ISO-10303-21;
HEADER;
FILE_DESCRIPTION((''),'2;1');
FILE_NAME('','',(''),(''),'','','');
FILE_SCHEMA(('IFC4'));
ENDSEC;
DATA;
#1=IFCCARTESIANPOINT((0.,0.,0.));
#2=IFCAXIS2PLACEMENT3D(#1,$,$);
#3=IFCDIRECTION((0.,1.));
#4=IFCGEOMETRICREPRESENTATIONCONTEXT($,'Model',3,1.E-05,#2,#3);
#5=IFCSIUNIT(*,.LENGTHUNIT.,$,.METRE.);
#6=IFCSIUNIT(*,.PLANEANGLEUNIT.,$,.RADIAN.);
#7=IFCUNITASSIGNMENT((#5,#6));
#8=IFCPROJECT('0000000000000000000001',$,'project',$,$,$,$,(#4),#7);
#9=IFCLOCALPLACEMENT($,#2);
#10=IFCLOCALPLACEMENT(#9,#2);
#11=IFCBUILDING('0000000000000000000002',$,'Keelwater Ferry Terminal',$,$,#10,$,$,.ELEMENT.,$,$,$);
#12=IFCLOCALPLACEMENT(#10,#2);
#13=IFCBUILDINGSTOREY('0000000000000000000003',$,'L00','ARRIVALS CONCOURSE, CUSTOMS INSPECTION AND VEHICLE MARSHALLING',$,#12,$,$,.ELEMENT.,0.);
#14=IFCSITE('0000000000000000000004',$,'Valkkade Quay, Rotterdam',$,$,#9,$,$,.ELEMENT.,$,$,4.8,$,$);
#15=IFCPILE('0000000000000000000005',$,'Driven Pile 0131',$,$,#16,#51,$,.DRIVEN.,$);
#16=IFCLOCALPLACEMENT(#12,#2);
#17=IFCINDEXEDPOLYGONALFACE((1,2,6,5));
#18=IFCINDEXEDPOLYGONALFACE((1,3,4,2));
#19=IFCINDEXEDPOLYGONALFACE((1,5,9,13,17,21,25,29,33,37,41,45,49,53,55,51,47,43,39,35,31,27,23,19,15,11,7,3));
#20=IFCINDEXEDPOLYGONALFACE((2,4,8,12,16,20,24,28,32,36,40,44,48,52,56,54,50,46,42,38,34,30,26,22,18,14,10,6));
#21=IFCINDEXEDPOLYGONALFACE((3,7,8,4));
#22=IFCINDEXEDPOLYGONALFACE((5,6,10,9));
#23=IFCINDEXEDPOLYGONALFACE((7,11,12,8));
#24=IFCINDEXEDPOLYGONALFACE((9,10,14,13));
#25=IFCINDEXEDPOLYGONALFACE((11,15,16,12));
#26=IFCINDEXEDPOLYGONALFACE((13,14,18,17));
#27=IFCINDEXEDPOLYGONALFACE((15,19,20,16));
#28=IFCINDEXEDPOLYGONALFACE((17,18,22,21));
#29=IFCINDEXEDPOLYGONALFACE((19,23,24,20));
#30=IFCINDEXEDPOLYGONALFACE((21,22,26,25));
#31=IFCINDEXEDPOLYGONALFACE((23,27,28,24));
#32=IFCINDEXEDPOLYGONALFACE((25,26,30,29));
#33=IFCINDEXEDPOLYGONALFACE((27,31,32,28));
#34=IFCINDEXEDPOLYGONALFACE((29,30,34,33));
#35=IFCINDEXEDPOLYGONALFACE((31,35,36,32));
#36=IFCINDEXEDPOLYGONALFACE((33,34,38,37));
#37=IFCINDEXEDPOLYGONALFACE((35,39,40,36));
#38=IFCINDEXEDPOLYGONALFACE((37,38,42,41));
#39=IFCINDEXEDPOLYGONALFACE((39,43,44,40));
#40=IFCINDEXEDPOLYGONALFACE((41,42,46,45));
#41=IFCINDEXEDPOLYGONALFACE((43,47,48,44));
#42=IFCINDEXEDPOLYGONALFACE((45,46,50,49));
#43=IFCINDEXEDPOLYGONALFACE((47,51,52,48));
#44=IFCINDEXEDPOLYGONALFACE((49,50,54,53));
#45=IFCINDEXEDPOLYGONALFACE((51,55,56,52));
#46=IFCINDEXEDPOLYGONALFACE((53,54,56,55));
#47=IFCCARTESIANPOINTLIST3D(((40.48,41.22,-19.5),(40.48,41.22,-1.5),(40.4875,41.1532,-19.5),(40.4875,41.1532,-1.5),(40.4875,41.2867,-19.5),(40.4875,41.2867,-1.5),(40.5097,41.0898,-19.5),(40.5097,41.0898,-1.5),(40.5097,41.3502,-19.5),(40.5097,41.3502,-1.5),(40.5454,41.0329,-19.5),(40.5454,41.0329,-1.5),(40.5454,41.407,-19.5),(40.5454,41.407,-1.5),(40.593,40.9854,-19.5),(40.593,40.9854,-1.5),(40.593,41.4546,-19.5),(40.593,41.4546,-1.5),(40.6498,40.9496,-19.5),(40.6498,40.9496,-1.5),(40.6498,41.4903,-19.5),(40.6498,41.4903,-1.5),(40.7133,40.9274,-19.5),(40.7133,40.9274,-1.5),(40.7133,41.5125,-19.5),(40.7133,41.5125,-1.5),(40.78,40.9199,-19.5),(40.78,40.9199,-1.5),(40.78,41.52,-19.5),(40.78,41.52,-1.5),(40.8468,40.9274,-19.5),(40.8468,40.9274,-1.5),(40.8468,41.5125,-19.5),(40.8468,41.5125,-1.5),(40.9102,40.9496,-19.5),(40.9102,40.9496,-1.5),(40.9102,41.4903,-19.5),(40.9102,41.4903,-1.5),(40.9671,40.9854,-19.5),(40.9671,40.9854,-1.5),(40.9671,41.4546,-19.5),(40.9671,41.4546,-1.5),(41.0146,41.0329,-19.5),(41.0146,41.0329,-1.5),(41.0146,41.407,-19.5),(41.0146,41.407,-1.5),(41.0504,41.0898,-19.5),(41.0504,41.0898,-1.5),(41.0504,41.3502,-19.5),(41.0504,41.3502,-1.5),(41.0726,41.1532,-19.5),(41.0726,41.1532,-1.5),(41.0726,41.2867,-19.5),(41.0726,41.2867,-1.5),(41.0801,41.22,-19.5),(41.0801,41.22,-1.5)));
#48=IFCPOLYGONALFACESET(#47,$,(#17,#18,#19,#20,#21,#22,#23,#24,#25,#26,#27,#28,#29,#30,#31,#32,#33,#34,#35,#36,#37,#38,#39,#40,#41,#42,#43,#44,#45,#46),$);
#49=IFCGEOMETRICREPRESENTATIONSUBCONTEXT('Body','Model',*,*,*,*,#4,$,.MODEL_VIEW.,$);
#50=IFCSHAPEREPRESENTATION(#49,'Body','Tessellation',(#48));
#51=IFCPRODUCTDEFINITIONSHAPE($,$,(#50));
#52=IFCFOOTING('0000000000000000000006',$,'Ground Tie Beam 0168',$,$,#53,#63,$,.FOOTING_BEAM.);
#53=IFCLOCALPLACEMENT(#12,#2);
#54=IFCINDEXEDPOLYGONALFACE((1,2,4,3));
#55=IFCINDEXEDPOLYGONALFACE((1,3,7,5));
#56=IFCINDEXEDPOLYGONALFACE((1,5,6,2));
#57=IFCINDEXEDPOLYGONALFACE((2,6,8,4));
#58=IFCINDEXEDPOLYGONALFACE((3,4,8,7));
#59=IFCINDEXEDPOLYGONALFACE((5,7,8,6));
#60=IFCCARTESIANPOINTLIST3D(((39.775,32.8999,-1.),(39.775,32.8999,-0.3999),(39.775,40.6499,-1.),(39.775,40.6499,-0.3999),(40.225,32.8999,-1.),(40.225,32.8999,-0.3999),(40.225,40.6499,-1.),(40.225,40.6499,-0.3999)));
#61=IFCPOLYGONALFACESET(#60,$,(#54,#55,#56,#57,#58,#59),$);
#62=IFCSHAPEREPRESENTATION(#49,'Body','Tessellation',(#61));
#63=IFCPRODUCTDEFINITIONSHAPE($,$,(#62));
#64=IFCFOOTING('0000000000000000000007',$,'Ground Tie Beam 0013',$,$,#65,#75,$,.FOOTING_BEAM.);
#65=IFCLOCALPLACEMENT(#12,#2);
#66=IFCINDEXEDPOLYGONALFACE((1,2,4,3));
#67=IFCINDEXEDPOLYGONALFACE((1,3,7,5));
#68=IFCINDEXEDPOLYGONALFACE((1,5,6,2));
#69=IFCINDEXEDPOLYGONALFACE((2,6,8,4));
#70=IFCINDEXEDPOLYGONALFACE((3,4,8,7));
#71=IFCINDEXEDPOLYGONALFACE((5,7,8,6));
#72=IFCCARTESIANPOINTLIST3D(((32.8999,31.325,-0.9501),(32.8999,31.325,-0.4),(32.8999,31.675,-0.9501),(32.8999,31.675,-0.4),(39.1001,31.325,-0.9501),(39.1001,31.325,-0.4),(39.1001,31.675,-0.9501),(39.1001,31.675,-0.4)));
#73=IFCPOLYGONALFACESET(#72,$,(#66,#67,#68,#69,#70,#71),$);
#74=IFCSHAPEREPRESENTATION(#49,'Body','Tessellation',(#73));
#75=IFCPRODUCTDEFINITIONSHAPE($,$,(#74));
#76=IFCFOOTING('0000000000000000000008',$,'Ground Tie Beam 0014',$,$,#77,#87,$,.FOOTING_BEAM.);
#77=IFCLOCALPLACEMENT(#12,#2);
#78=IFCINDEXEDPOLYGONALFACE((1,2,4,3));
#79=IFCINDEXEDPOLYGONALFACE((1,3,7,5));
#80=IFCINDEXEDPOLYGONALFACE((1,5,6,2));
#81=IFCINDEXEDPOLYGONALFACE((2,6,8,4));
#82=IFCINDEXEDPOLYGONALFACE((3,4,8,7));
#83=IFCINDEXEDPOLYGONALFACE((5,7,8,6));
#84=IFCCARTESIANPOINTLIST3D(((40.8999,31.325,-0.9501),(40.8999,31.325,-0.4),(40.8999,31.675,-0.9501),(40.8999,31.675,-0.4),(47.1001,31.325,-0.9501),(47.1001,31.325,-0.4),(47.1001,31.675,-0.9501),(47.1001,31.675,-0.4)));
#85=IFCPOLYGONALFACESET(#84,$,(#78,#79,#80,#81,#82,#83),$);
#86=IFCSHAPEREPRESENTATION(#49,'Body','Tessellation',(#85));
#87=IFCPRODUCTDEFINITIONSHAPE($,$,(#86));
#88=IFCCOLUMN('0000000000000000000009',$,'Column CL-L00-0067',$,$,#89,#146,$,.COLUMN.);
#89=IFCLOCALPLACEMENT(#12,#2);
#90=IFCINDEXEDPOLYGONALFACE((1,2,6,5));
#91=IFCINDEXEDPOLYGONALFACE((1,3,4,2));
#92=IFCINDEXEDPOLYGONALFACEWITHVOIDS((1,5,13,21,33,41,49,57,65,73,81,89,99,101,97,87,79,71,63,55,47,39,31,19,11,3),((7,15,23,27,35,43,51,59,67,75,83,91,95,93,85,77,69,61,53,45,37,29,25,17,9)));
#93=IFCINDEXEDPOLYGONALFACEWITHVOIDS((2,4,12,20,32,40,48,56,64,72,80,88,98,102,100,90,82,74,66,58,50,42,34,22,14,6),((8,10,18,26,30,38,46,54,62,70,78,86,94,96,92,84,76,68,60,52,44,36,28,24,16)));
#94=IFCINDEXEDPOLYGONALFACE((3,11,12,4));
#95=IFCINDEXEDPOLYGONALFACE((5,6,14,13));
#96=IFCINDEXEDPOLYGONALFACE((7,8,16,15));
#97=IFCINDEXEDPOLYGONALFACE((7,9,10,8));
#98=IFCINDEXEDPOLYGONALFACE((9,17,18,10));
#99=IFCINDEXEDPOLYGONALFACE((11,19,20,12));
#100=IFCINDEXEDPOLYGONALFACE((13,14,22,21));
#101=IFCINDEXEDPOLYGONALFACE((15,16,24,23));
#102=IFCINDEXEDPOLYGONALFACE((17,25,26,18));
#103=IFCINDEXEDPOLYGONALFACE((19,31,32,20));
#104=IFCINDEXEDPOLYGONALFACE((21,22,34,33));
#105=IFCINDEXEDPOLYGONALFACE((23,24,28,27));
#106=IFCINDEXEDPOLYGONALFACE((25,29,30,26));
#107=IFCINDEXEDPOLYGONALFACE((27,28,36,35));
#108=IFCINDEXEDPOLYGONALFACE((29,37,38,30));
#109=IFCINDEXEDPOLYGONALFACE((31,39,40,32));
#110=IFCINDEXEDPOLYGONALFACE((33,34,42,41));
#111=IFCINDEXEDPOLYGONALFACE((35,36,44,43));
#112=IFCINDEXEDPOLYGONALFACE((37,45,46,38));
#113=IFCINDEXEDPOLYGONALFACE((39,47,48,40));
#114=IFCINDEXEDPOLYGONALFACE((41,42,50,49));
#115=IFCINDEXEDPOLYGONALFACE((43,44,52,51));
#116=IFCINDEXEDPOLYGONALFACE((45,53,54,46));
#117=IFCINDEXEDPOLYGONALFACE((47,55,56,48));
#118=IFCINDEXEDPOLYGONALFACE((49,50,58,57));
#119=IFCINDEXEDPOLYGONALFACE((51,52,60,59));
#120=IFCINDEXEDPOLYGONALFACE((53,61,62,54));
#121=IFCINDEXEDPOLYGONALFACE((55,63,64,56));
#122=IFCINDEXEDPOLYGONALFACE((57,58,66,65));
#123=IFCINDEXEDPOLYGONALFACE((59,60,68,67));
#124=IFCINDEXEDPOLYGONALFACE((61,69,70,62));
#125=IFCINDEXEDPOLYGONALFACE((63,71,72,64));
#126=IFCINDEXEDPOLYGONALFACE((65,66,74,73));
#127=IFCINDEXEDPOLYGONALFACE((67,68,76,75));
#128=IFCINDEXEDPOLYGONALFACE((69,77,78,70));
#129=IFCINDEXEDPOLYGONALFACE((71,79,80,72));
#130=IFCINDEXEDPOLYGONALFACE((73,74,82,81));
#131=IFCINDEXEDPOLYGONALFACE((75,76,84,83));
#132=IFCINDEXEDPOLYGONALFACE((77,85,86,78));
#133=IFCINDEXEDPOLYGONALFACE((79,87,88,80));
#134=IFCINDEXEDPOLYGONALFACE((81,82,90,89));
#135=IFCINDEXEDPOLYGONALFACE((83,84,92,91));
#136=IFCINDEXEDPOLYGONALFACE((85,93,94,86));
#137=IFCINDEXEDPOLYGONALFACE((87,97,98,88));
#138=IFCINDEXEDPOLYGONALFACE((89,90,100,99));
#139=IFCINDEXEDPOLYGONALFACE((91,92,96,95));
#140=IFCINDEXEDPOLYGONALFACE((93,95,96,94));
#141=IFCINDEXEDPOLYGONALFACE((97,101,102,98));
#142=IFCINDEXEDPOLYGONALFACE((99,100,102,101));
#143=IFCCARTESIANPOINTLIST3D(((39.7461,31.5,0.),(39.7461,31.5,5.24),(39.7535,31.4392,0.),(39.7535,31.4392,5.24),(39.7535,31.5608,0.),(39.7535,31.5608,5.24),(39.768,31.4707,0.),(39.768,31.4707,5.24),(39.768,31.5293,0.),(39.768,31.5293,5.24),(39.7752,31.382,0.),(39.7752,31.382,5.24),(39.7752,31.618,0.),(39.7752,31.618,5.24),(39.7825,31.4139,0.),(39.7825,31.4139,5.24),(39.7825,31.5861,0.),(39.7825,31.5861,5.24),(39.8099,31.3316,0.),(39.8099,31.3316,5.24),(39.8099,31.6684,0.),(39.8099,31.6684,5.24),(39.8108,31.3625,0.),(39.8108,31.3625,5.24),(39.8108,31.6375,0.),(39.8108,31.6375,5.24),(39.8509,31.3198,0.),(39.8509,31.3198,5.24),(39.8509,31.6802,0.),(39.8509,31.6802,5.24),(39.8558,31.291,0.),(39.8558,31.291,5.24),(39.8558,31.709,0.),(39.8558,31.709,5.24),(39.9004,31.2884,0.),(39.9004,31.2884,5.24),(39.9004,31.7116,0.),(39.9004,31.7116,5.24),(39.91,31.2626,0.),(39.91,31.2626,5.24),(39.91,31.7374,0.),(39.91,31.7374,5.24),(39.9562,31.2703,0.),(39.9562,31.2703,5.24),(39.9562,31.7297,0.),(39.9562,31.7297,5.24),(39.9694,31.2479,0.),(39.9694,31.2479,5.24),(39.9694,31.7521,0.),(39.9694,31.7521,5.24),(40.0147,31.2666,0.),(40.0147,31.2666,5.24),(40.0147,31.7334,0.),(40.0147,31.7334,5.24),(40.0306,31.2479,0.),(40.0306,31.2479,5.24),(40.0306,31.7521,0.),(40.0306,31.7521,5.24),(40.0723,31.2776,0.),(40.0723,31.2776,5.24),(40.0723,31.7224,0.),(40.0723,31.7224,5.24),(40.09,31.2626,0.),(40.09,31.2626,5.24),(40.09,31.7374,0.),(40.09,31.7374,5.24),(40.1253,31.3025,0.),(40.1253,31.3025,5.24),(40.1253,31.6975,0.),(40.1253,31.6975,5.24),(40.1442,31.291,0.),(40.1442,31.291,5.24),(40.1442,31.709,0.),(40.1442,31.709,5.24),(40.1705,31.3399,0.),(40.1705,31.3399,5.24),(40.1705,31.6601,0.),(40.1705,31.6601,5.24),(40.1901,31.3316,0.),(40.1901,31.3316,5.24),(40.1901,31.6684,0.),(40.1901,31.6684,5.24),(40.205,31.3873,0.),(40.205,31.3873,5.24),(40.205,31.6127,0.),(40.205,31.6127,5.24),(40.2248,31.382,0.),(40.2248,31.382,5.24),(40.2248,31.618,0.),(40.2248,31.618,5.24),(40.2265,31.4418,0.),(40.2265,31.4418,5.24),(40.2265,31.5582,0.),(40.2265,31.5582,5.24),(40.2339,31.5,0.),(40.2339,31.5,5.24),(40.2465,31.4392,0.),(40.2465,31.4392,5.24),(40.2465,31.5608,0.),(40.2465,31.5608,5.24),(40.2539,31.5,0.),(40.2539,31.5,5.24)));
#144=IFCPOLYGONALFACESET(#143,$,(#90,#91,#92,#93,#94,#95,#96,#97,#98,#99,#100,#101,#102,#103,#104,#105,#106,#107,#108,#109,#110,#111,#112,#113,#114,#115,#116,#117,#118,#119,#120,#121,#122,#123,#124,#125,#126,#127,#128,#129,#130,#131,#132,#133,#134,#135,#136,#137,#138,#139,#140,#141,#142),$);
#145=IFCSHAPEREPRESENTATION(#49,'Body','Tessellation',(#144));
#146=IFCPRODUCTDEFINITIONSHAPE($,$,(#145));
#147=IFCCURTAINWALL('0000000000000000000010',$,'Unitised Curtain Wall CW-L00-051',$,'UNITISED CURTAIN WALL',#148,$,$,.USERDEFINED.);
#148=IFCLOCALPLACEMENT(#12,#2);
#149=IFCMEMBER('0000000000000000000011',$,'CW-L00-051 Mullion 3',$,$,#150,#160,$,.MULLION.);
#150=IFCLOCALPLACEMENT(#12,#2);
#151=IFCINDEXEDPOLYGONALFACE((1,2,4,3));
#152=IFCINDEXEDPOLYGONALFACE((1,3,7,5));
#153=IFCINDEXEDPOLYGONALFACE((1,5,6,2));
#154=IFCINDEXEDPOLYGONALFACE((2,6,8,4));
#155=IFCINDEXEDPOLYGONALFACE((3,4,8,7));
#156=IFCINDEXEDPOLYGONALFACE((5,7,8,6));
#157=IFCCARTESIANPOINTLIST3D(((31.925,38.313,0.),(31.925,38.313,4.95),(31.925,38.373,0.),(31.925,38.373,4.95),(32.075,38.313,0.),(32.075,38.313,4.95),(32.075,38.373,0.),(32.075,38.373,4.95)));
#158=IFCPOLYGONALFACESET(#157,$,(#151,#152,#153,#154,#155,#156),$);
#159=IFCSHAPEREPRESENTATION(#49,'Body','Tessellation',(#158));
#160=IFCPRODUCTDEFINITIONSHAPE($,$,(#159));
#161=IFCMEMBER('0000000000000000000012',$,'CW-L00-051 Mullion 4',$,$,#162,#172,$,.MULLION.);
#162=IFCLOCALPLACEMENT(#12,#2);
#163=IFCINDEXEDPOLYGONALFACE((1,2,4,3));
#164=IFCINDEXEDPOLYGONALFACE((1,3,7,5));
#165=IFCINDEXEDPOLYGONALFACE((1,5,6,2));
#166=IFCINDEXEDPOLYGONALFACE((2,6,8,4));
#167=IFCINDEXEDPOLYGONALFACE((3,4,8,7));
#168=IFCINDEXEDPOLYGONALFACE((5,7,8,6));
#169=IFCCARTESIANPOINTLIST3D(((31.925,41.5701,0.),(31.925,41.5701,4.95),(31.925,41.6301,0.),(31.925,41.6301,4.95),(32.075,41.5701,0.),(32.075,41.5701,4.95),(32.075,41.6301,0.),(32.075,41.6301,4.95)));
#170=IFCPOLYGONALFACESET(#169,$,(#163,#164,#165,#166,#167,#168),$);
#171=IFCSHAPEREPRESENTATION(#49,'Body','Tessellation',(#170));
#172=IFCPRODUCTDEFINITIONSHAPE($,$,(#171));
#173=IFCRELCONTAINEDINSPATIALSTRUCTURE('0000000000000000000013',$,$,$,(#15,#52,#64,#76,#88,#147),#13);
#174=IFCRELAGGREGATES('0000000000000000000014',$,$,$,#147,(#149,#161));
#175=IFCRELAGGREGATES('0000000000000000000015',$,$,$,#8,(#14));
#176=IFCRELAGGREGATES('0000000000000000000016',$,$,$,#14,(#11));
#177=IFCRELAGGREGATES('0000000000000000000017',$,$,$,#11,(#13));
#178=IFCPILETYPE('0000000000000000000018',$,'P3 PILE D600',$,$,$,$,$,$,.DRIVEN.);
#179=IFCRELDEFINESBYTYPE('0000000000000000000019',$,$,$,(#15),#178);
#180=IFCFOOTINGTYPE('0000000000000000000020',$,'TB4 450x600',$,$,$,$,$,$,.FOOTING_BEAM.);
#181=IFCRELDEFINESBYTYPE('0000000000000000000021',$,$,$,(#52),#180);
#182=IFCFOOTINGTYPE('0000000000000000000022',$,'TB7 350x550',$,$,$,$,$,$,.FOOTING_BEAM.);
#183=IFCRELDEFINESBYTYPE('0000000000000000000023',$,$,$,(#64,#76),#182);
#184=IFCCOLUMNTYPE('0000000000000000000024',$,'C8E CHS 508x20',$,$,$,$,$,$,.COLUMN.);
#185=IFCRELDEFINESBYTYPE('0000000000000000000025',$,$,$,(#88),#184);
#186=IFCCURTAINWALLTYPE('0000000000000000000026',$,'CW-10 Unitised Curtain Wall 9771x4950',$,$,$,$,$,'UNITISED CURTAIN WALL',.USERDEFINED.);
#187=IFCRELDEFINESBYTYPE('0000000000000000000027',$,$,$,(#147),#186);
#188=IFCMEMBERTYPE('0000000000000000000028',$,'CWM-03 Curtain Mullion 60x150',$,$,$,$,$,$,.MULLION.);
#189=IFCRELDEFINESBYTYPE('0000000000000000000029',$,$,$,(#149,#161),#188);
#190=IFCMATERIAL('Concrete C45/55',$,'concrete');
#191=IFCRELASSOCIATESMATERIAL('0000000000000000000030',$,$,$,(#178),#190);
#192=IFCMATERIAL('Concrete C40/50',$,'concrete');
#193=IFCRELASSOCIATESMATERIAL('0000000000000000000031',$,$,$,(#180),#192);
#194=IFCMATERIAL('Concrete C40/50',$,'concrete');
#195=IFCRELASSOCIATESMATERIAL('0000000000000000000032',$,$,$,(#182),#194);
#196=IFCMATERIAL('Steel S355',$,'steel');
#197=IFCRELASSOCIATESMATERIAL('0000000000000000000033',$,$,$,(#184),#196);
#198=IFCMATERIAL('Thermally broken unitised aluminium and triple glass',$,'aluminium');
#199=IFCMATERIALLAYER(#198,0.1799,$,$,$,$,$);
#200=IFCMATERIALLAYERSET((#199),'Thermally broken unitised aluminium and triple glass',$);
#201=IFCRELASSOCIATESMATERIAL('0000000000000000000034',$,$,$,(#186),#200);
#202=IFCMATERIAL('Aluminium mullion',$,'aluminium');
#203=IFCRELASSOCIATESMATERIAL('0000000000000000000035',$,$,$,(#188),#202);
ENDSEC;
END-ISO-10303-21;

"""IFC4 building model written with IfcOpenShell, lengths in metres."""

from ifc_helpers import new_model, si_unit, direction, frame, origin, origin_2d, place, context, subcontext, project, spatial, rectangle, circle, hollow_circle, extrude, material, layer, layer_set, material_profile, profile_set, type_object, element, aggregate, save


model = new_model("IFC4")

# Units and contexts
model_context = context("Model", 3, precision=1e-05, world=origin(), true_north=direction((0.0, 1.0)))
body_context = subcontext(model_context, "Body", "Model", "MODEL_VIEW")
ifc_project = project(units=[si_unit("LENGTHUNIT", "METRE"), si_unit("PLANEANGLEUNIT", "RADIAN")], contexts=[model_context])

# Site, building, storey
site_placement = place(None, origin())
site = spatial("IfcSite", under=ifc_project, at=site_placement, Name="Valkkade Quay, Rotterdam", CompositionType="ELEMENT", RefElevation=4.8)
building_placement = place(site_placement, origin())
building = spatial("IfcBuilding", under=site, at=building_placement, Name="Keelwater Ferry Terminal", CompositionType="ELEMENT")
storey_placement = place(building_placement, origin())
storey = spatial("IfcBuildingStorey", under=building, at=storey_placement, Name="L00", Description="ARRIVALS CONCOURSE, CUSTOMS INSPECTION AND VEHICLE MARSHALLING", CompositionType="ELEMENT", Elevation=0.0)

# Pile
ifc_material_1 = material(Name="Concrete C45/55", Category="concrete")
ifc_material_profile_1 = material_profile(ifc_material_1, circle(Radius=0.3, at=origin_2d()), Name="PILE D600")
ifc_profile_set_1 = profile_set([ifc_material_profile_1], Name="Concrete C45/55")
pile_type_1 = type_object("IfcPileType", Name="P3 PILE D600", PredefinedType="DRIVEN", material=ifc_profile_set_1)
for number, where, z_axis, x_axis, name in (
    (1, (40.78, 41.22, -1.5), (0.0, 0.0, -1.0), (1.0, 0.0, 0.0), "Driven Pile 0131"),
):
    element("IfcPile", number, at=place(storey_placement, frame(where, z_axis=z_axis, x_axis=x_axis)), inside=storey, type_object=pile_type_1, Name=name, PredefinedType="DRIVEN", context=body_context, shape_type="SweptSolid", body=[
        extrude(circle(Radius=0.3, at=origin_2d()), origin(), (0.0, 0.0, 1.0), 18.0),
    ])

# Footings
ifc_material_2 = material(Name="Concrete C40/50", Category="concrete")
ifc_material_profile_2 = material_profile(ifc_material_2, rectangle(XDim=0.45, YDim=0.6001, at=origin_2d()), Name="TB 450x600")
ifc_profile_set_2 = profile_set([ifc_material_profile_2], Name="Concrete C40/50")
footing_type_1 = type_object("IfcFootingType", Name="TB4 450x600", PredefinedType="FOOTING_BEAM", material=ifc_profile_set_2)
footing_placement = place(storey_placement, frame((40.0, 32.8999, -0.7), z_axis=(0.0, 1.0, 0.0), x_axis=(-1.0, 0.0, 0.0)))
element("IfcFooting", 2, at=footing_placement, inside=storey, type_object=footing_type_1, Name="Ground Tie Beam 0168", PredefinedType="FOOTING_BEAM", context=body_context, shape_type="SweptSolid", body=[
    extrude(rectangle(XDim=0.45, YDim=0.6001, at=origin_2d()), origin(), (0.0, 0.0, 1.0), 7.75),
])
ifc_material_3 = material(Name="Concrete C40/50", Category="concrete")
ifc_material_profile_3 = material_profile(ifc_material_3, rectangle(XDim=0.3501, YDim=0.55, at=origin_2d()), Name="TB 350x550")
ifc_profile_set_3 = profile_set([ifc_material_profile_3], Name="Concrete C40/50")
footing_type_2 = type_object("IfcFootingType", Name="TB7 350x550", PredefinedType="FOOTING_BEAM", material=ifc_profile_set_3)
for number, where, z_axis, x_axis, name in (
    (3, (32.8999, 31.5, -0.675), (1.0, 0.0, 0.0), (0.0, 1.0, 0.0), "Ground Tie Beam 0013"),
    (4, (40.8999, 31.5, -0.675), (1.0, 0.0, 0.0), (0.0, 1.0, 0.0), "Ground Tie Beam 0014"),
):
    element("IfcFooting", number, at=place(storey_placement, frame(where, z_axis=z_axis, x_axis=x_axis)), inside=storey, type_object=footing_type_2, Name=name, PredefinedType="FOOTING_BEAM", context=body_context, shape_type="SweptSolid", body=[
        extrude(rectangle(XDim=0.3501, YDim=0.55, at=origin_2d()), origin(), (0.0, 0.0, 1.0), 6.2002),
    ])

# Column
ifc_material_4 = material(Name="Steel S355", Category="steel")
ifc_material_profile_4 = material_profile(ifc_material_4, hollow_circle(Radius=0.2539, WallThickness=0.02, at=origin_2d()), Name="CHS 508x20")
ifc_profile_set_4 = profile_set([ifc_material_profile_4], Name="Steel S355")
column_type = type_object("IfcColumnType", Name="C8E CHS 508x20", PredefinedType="COLUMN", material=ifc_profile_set_4)
column_placement = place(storey_placement, frame((40.0, 31.5, 0.0), z_axis=(0.0, 0.0, 1.0), x_axis=(1.0, 0.0, 0.0)))
element("IfcColumn", 5, at=column_placement, inside=storey, type_object=column_type, Name="Column CL-L00-0067", PredefinedType="COLUMN", context=body_context, shape_type="SweptSolid", body=[
    extrude(hollow_circle(Radius=0.2539, WallThickness=0.02, at=origin_2d()), origin(), (0.0, 0.0, 1.0), 5.24),
])

# Curtain wall, members
ifc_material_5 = material(Name="Thermally broken unitised aluminium and triple glass", Category="aluminium")
ifc_layer_1 = layer(ifc_material_5, 0.1799)
ifc_layer_set_1 = layer_set([ifc_layer_1], Name="Thermally broken unitised aluminium and triple glass")
curtain_wall_type = type_object("IfcCurtainWallType", Name="CW-10 Unitised Curtain Wall 9771x4950", ElementType="UNITISED CURTAIN WALL", PredefinedType="USERDEFINED", material=ifc_layer_set_1)
curtain_wall_placement = place(storey_placement, origin())
curtain_wall = element("IfcCurtainWall", 6, at=curtain_wall_placement, inside=storey, type_object=curtain_wall_type, Name="Unitised Curtain Wall CW-L00-051", ObjectType="UNITISED CURTAIN WALL", PredefinedType="USERDEFINED")
ifc_material_6 = material(Name="Aluminium mullion", Category="aluminium")
ifc_material_profile_5 = material_profile(ifc_material_6, rectangle(XDim=0.0601, YDim=0.1499, at=origin_2d()), Name="CWM-03")
ifc_profile_set_5 = profile_set([ifc_material_profile_5], Name="Aluminium mullion")
member_type = type_object("IfcMemberType", Name="CWM-03 Curtain Mullion 60x150", PredefinedType="MULLION", material=ifc_profile_set_5)
member_1_placement = place(storey_placement, frame((32.0, 38.343, 0.0), z_axis=(0.0, 0.0, 1.0), x_axis=(0.0, 1.0, 0.0)))
member_1 = element("IfcMember", 7, at=member_1_placement, type_object=member_type, Name="CW-L00-051 Mullion 3", PredefinedType="MULLION", context=body_context, shape_type="SweptSolid", body=[
    extrude(rectangle(XDim=0.0601, YDim=0.1499, at=origin_2d()), origin(), (0.0, 0.0, 1.0), 4.95),
])
member_2_placement = place(storey_placement, frame((32.0, 41.6001, 0.0), z_axis=(0.0, 0.0, 1.0), x_axis=(0.0, 1.0, 0.0)))
member_2 = element("IfcMember", 8, at=member_2_placement, type_object=member_type, Name="CW-L00-051 Mullion 4", PredefinedType="MULLION", context=body_context, shape_type="SweptSolid", body=[
    extrude(rectangle(XDim=0.0601, YDim=0.1499, at=origin_2d()), origin(), (0.0, 0.0, 1.0), 4.95),
])

aggregate(curtain_wall, [member_1, member_2])

save(model, "model.ifc")
